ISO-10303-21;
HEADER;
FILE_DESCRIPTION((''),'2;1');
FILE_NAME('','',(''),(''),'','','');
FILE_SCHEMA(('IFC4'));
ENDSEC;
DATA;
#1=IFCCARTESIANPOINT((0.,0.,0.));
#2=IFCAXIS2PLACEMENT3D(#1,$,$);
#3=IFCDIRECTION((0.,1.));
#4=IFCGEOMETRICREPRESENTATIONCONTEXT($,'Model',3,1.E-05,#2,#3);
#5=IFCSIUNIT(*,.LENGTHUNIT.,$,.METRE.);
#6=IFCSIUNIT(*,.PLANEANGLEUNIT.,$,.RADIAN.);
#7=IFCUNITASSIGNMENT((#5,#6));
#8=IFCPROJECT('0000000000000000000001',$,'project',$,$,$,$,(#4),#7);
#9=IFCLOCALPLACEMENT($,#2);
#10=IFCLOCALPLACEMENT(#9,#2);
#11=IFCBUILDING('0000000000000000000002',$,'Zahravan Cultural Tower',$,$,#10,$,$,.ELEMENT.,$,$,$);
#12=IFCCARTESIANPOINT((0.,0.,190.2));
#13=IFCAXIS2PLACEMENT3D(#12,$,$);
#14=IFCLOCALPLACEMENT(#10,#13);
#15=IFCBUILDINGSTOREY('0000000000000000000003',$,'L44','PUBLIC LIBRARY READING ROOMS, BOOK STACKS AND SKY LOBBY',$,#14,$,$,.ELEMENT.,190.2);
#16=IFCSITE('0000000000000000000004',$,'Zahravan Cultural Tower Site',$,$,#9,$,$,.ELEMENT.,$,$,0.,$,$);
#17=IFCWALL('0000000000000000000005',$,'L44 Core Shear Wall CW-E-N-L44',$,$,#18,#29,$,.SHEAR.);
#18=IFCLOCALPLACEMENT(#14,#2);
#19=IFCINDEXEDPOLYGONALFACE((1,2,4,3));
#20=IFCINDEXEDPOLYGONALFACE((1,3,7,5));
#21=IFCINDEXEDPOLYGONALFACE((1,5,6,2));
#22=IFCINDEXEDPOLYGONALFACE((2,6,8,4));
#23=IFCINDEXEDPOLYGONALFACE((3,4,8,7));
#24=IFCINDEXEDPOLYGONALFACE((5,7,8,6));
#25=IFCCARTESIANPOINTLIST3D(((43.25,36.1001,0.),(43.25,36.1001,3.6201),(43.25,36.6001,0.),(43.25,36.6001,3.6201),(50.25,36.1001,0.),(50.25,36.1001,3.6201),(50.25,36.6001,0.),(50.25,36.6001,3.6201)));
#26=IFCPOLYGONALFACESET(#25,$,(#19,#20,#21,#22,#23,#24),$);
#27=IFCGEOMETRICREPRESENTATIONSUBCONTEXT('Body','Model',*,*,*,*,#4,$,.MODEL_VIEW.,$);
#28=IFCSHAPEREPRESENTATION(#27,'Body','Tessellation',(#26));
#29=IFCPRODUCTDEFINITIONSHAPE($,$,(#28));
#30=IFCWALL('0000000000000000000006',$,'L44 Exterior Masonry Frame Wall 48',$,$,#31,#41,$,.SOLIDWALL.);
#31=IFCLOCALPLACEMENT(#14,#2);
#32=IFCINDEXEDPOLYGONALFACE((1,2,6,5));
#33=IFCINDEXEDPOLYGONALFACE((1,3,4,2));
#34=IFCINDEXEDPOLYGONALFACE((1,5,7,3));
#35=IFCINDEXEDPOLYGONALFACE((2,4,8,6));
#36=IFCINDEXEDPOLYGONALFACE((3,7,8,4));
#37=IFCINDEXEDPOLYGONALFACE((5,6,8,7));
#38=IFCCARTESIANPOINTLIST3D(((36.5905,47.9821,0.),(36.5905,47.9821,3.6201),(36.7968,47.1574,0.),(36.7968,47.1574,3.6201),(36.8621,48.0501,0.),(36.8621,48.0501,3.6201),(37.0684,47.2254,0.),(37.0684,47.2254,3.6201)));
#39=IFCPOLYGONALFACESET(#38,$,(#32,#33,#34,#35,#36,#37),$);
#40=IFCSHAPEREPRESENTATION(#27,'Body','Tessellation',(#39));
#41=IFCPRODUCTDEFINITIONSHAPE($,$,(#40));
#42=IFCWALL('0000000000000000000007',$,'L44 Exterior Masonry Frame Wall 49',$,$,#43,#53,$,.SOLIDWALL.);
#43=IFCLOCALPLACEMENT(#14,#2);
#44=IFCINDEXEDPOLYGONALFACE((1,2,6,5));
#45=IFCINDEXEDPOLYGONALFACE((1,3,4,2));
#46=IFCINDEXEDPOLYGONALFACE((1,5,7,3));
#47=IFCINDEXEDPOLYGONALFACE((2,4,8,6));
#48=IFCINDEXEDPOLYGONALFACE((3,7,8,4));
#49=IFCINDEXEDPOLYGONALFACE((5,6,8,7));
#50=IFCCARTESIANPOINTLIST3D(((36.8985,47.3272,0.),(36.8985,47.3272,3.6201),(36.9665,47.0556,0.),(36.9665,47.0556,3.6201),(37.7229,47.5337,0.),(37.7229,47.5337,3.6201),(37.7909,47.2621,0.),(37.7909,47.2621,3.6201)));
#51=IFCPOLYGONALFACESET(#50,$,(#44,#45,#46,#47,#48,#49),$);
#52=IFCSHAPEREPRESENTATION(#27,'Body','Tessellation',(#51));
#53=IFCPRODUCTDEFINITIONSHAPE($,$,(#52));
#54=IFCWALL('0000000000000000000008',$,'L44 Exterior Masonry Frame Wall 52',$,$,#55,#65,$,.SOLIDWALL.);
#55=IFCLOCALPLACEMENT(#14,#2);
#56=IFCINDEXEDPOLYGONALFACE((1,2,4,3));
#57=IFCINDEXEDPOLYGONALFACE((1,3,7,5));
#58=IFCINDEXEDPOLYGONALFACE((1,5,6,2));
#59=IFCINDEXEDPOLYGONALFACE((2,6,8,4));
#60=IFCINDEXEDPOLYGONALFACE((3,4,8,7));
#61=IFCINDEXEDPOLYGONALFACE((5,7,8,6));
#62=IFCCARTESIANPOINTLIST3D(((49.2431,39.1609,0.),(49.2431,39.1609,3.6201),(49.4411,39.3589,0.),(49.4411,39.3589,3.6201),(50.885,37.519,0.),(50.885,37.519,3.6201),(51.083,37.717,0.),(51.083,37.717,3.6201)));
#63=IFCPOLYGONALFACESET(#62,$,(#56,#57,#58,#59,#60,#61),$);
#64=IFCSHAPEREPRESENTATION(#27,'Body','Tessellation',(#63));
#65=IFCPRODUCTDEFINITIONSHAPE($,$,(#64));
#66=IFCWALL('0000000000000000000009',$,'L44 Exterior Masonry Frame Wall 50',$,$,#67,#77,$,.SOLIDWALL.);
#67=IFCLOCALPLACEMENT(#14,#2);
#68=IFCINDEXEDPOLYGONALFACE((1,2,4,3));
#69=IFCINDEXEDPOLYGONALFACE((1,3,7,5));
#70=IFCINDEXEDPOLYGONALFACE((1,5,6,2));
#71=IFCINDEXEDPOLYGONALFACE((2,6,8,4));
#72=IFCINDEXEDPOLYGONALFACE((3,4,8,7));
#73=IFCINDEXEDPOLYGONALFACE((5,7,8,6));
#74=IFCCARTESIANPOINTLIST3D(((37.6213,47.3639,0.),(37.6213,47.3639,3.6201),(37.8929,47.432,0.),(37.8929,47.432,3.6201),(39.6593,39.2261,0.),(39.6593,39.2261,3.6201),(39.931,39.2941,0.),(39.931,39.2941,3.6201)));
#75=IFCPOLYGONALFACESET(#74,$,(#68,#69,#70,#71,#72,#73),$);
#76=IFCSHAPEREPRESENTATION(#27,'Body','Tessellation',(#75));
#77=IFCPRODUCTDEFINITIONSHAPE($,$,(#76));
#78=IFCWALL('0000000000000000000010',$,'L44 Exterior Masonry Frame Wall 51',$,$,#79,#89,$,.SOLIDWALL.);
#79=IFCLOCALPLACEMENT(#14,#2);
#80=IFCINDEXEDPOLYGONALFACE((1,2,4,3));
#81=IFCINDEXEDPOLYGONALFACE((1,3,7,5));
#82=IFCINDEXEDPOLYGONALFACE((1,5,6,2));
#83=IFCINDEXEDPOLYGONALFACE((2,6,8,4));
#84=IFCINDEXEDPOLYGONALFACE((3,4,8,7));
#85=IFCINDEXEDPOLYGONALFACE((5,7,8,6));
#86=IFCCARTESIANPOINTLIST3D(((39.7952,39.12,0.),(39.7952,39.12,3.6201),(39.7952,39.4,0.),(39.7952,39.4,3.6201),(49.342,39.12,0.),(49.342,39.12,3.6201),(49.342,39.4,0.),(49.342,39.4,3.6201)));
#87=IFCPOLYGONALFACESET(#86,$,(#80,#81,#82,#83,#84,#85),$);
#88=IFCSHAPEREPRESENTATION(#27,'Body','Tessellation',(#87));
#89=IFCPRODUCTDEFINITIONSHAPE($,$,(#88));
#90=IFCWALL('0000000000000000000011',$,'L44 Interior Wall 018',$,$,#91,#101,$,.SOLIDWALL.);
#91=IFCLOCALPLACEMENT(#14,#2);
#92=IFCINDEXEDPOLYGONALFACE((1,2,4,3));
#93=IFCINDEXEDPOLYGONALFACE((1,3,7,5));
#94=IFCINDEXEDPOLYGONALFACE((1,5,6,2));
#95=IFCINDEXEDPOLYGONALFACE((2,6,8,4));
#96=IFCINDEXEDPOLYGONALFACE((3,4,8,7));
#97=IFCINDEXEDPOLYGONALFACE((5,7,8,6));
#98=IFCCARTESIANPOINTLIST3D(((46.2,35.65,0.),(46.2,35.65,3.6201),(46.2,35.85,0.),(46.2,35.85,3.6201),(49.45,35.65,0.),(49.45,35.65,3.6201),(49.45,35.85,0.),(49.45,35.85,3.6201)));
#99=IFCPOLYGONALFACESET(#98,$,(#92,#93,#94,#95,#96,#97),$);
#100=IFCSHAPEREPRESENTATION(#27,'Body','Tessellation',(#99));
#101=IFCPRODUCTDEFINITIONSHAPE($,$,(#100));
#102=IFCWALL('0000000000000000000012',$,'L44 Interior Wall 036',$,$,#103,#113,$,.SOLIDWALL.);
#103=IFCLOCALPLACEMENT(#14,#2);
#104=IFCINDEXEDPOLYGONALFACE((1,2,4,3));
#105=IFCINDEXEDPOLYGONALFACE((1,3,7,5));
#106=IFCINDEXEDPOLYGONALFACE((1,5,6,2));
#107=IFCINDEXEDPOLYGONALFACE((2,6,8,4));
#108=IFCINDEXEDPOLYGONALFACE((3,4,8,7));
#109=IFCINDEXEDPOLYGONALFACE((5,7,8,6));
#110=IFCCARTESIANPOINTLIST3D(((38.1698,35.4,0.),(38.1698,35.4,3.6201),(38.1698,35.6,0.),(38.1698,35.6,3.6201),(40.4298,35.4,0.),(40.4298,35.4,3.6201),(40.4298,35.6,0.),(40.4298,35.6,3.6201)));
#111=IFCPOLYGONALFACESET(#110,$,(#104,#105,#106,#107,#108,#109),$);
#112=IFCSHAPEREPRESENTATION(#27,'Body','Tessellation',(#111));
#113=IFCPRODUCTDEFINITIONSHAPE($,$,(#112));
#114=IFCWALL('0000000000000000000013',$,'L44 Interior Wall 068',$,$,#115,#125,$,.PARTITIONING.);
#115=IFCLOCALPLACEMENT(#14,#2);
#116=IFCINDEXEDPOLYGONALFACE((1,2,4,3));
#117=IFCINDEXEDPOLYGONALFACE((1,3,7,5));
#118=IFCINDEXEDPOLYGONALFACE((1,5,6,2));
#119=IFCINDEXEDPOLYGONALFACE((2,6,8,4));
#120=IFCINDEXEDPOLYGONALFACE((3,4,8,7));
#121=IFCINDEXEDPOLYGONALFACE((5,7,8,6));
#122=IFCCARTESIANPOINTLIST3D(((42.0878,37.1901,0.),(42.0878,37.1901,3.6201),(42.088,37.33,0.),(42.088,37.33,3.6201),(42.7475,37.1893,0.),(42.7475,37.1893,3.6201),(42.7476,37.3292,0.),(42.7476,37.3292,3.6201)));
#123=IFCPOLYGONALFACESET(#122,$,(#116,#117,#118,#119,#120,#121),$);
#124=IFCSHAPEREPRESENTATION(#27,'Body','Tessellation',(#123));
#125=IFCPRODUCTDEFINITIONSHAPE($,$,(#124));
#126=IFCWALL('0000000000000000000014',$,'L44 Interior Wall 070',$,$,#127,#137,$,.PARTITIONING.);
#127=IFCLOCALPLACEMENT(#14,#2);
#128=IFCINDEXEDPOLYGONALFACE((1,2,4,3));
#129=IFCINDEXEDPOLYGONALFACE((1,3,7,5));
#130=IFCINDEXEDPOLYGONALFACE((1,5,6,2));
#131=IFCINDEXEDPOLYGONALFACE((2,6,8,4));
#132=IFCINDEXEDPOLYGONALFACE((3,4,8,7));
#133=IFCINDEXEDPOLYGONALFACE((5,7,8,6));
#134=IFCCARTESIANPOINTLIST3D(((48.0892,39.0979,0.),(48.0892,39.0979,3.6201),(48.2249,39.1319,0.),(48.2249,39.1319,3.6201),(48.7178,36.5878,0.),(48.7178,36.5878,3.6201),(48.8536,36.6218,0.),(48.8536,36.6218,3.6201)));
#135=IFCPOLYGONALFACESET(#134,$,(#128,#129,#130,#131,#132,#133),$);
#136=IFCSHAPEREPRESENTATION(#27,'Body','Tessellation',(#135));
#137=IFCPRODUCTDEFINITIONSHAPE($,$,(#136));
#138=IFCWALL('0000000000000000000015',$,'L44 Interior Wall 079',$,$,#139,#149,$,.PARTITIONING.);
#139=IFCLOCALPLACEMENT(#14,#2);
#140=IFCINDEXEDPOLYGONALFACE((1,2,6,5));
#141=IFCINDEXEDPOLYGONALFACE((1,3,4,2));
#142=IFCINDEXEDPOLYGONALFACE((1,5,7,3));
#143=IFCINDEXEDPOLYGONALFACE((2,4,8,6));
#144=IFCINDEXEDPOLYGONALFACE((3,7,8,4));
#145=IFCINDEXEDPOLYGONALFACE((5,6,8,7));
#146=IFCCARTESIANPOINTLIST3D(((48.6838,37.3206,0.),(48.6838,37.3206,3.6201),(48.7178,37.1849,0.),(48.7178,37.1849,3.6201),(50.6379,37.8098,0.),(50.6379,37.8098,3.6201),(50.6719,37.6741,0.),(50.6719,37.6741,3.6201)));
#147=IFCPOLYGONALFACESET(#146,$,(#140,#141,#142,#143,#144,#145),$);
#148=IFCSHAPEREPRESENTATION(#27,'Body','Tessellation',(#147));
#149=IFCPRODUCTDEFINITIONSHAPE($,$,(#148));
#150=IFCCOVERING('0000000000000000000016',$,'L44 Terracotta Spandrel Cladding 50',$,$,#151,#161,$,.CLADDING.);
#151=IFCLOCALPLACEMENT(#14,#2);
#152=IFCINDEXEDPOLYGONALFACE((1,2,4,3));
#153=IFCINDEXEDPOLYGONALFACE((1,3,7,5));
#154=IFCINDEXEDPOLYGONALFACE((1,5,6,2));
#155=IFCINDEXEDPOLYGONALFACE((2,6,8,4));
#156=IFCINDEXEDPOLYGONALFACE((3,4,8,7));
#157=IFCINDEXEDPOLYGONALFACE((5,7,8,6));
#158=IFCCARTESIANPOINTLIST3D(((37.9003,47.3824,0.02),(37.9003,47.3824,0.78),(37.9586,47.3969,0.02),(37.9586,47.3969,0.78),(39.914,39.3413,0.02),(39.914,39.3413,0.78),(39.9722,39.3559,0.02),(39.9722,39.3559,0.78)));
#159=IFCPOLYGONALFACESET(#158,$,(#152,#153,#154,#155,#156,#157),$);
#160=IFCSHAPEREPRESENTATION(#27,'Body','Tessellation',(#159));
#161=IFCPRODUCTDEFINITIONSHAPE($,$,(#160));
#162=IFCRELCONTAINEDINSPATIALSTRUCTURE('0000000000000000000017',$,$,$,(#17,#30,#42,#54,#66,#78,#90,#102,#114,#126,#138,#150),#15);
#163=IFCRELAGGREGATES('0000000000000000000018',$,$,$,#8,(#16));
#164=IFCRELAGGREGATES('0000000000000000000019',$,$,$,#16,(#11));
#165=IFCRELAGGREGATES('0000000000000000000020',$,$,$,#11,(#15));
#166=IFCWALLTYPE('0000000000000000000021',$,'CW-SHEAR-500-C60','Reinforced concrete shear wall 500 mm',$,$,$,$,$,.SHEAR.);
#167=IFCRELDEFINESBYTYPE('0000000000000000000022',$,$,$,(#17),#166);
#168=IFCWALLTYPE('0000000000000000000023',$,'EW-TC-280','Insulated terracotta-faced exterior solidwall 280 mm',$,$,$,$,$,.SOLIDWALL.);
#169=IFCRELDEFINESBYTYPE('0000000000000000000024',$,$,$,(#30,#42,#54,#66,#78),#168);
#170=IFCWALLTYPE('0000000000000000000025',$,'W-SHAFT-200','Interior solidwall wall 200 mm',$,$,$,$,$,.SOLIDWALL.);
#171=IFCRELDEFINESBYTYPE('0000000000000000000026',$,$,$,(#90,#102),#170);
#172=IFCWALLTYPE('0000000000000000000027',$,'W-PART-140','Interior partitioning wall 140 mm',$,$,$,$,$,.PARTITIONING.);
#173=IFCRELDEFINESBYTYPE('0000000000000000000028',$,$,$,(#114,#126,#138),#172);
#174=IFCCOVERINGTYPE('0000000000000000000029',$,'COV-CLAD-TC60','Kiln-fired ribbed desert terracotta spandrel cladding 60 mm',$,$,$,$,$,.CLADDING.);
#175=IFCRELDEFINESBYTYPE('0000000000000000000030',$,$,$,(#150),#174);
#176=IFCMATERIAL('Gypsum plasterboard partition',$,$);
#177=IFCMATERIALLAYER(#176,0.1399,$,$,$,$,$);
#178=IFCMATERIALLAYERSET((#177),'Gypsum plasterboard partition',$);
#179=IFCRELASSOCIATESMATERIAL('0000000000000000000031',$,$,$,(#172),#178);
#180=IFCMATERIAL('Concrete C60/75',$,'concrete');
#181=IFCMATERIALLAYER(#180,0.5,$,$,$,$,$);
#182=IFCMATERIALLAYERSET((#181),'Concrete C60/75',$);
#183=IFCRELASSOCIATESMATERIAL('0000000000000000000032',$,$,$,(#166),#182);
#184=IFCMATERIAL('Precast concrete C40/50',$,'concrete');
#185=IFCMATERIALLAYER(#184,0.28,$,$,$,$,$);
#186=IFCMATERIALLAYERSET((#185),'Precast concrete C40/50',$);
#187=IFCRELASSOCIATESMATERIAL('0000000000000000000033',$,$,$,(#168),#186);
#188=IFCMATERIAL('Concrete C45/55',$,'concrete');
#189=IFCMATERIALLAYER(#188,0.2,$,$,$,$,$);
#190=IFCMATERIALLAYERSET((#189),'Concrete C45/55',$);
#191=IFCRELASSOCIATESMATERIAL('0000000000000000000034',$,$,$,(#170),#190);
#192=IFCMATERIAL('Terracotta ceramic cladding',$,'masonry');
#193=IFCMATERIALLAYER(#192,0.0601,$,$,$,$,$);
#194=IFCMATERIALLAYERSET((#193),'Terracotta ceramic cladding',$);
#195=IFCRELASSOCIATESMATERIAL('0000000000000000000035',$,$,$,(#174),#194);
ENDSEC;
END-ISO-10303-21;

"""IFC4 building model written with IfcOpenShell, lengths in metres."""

from ifc_helpers import new_model, si_unit, direction, frame, frame_2d, origin, origin_2d, place, context, subcontext, project, spatial, rectangle, extrude, source, transform, mapped, material, layer, layer_set, type_object, element, save


model = new_model("IFC4")

# Units and contexts
model_context = context("Model", 3, precision=1e-05, world=origin(), true_north=direction((0.0, 1.0)))
body_context = subcontext(model_context, "Body", "Model", "MODEL_VIEW")
ifc_project = project(units=[si_unit("LENGTHUNIT", "METRE"), si_unit("PLANEANGLEUNIT", "RADIAN")], contexts=[model_context])

# Site, building, storey
site_placement = place(None, origin())
site = spatial("IfcSite", under=ifc_project, at=site_placement, Name="Zahravan Cultural Tower Site", CompositionType="ELEMENT", RefElevation=0.0)
building_placement = place(site_placement, origin())
building = spatial("IfcBuilding", under=site, at=building_placement, Name="Zahravan Cultural Tower", CompositionType="ELEMENT")
storey_placement = place(building_placement, frame((0.0, 0.0, 190.2)))
storey = spatial("IfcBuildingStorey", under=building, at=storey_placement, Name="L44", Description="PUBLIC LIBRARY READING ROOMS, BOOK STACKS AND SKY LOBBY", CompositionType="ELEMENT", Elevation=190.2)

# Shared definitions
ifc_material_1 = material(Name="Gypsum plasterboard partition")
ifc_layer_1 = layer(ifc_material_1, 0.1399)
ifc_layer_set_1 = layer_set([ifc_layer_1], Name="Gypsum plasterboard partition")
wall_type_1 = type_object("IfcWallType", Name="W-PART-140", Description="Interior partitioning wall 140 mm", PredefinedType="PARTITIONING", material=ifc_layer_set_1)

# Walls
ifc_material_2 = material(Name="Concrete C60/75", Category="concrete")
ifc_layer_2 = layer(ifc_material_2, 0.5)
ifc_layer_set_2 = layer_set([ifc_layer_2], Name="Concrete C60/75")
wall_type_2 = type_object("IfcWallType", Name="CW-SHEAR-500-C60", Description="Reinforced concrete shear wall 500 mm", PredefinedType="SHEAR", material=ifc_layer_set_2)
shared_shape_1 = source(origin(), body_context, "Body", "SweptSolid", [
    extrude(rectangle(XDim=7.0, YDim=0.5, at=frame_2d((3.5, 0.0))), origin(), (0.0, 0.0, 1.0), 3.6201),
])
wall_1_placement = place(storey_placement, frame((43.25, 36.3501, 0.0), z_axis=(0.0, 0.0, 1.0), x_axis=(1.0, 0.0, 0.0)))
element("IfcWall", 1, at=wall_1_placement, inside=storey, type_object=wall_type_2, Name="L44 Core Shear Wall CW-E-N-L44", PredefinedType="SHEAR", context=body_context, shape_type="MappedRepresentation", body=[
    mapped(shared_shape_1, transform((0.0, 0.0, 0.0), x_axis=(1.0, 0.0, 0.0), y_axis=(0.0, 1.0, 0.0), z_axis=(0.0, 0.0, 1.0), scale=1.0)),
])
ifc_material_3 = material(Name="Precast concrete C40/50", Category="concrete")
ifc_layer_3 = layer(ifc_material_3, 0.28)
ifc_layer_set_3 = layer_set([ifc_layer_3], Name="Precast concrete C40/50")
wall_type_3 = type_object("IfcWallType", Name="EW-TC-280", Description="Insulated terracotta-faced exterior solidwall 280 mm", PredefinedType="SOLIDWALL", material=ifc_layer_set_3)
shared_shape_2 = source(origin(), body_context, "Body", "SweptSolid", [
    extrude(rectangle(XDim=0.8501, YDim=0.28, at=frame_2d((0.425, 0.0))), origin(), (0.0, 0.0, 1.0), 3.6201),
])
wall_2_placement = place(storey_placement, frame((36.7263, 48.0161, 0.0), z_axis=(0.0, 0.0, 1.0), x_axis=(0.242671, -0.970109, 0.0)))
element("IfcWall", 2, at=wall_2_placement, inside=storey, type_object=wall_type_3, Name="L44 Exterior Masonry Frame Wall 48", PredefinedType="SOLIDWALL", context=body_context, shape_type="MappedRepresentation", body=[
    mapped(shared_shape_2, transform((0.0, 0.0, 0.0), x_axis=(1.0, 0.0, 0.0), y_axis=(0.0, 1.0, 0.0), z_axis=(0.0, 0.0, 1.0), scale=1.0)),
])
shared_shape_3 = source(origin(), body_context, "Body", "SweptSolid", [
    extrude(rectangle(XDim=0.8499, YDim=0.28, at=frame_2d((0.4248, 0.0))), origin(), (0.0, 0.0, 1.0), 3.6201),
])
wall_3_placement = place(storey_placement, frame((36.9326, 47.1914, 0.0), z_axis=(0.0, 0.0, 1.0), x_axis=(0.970024, 0.243009, 0.0)))
element("IfcWall", 3, at=wall_3_placement, inside=storey, type_object=wall_type_3, Name="L44 Exterior Masonry Frame Wall 49", PredefinedType="SOLIDWALL", context=body_context, shape_type="MappedRepresentation", body=[
    mapped(shared_shape_3, transform((0.0, 0.0, 0.0), x_axis=(1.0, 0.0, 0.0), y_axis=(0.0, 1.0, 0.0), z_axis=(0.0, 0.0, 1.0), scale=1.0)),
])
shared_shape_4 = source(origin(), body_context, "Body", "SweptSolid", [
    extrude(rectangle(XDim=2.322, YDim=0.28, at=frame_2d((1.1611, 0.0))), origin(), (0.0, 0.0, 1.0), 3.6201),
])
wall_4_placement = place(storey_placement, frame((49.342, 39.26, 0.0), z_axis=(0.0, 0.0, 1.0), x_axis=(0.707107, -0.707107, 0.0)))
element("IfcWall", 4, at=wall_4_placement, inside=storey, type_object=wall_type_3, Name="L44 Exterior Masonry Frame Wall 52", PredefinedType="SOLIDWALL", context=body_context, shape_type="MappedRepresentation", body=[
    mapped(shared_shape_4, transform((0.0, 0.0, 0.0), x_axis=(1.0, 0.0, 0.0), y_axis=(0.0, 1.0, 0.0), z_axis=(0.0, 0.0, 1.0), scale=1.0)),
])
shared_shape_5 = source(origin(), body_context, "Body", "SweptSolid", [
    extrude(rectangle(XDim=8.3892, YDim=0.28, at=frame_2d((4.1946, 0.0))), origin(), (0.0, 0.0, 1.0), 3.6201),
])
wall_5_placement = place(storey_placement, frame((37.7571, 47.3979, 0.0), z_axis=(0.0, 0.0, 1.0), x_axis=(0.24294, -0.970041, 0.0)))
element("IfcWall", 5, at=wall_5_placement, inside=storey, type_object=wall_type_3, Name="L44 Exterior Masonry Frame Wall 50", PredefinedType="SOLIDWALL", context=body_context, shape_type="MappedRepresentation", body=[
    mapped(shared_shape_5, transform((0.0, 0.0, 0.0), x_axis=(1.0, 0.0, 0.0), y_axis=(0.0, 1.0, 0.0), z_axis=(0.0, 0.0, 1.0), scale=1.0)),
])
shared_shape_6 = source(origin(), body_context, "Body", "SweptSolid", [
    extrude(rectangle(XDim=9.5469, YDim=0.28, at=frame_2d((4.7734, 0.0))), origin(), (0.0, 0.0, 1.0), 3.6201),
])
wall_6_placement = place(storey_placement, frame((39.7952, 39.26, 0.0), z_axis=(0.0, 0.0, 1.0), x_axis=(1.0, 0.0, 0.0)))
element("IfcWall", 6, at=wall_6_placement, inside=storey, type_object=wall_type_3, Name="L44 Exterior Masonry Frame Wall 51", PredefinedType="SOLIDWALL", context=body_context, shape_type="MappedRepresentation", body=[
    mapped(shared_shape_6, transform((0.0, 0.0, 0.0), x_axis=(1.0, 0.0, 0.0), y_axis=(0.0, 1.0, 0.0), z_axis=(0.0, 0.0, 1.0), scale=1.0)),
])
ifc_material_4 = material(Name="Concrete C45/55", Category="concrete")
ifc_layer_4 = layer(ifc_material_4, 0.2)
ifc_layer_set_4 = layer_set([ifc_layer_4], Name="Concrete C45/55")
wall_type_4 = type_object("IfcWallType", Name="W-SHAFT-200", Description="Interior solidwall wall 200 mm", PredefinedType="SOLIDWALL", material=ifc_layer_set_4)
shared_shape_7 = source(origin(), body_context, "Body", "SweptSolid", [
    extrude(rectangle(XDim=3.25, YDim=0.2, at=frame_2d((1.625, 0.0))), origin(), (0.0, 0.0, 1.0), 3.6201),
])
wall_7_placement = place(storey_placement, frame((46.2, 35.75, 0.0), z_axis=(0.0, 0.0, 1.0), x_axis=(1.0, 0.0, 0.0)))
element("IfcWall", 7, at=wall_7_placement, inside=storey, type_object=wall_type_4, Name="L44 Interior Wall 018", PredefinedType="SOLIDWALL", context=body_context, shape_type="MappedRepresentation", body=[
    mapped(shared_shape_7, transform((0.0, 0.0, 0.0), x_axis=(1.0, 0.0, 0.0), y_axis=(0.0, 1.0, 0.0), z_axis=(0.0, 0.0, 1.0), scale=1.0)),
])
shared_shape_8 = source(origin(), body_context, "Body", "SweptSolid", [
    extrude(rectangle(XDim=2.26, YDim=0.2, at=frame_2d((1.1299, 0.0))), origin(), (0.0, 0.0, 1.0), 3.6201),
])
wall_8_placement = place(storey_placement, frame((38.1699, 35.5, 0.0), z_axis=(0.0, 0.0, 1.0), x_axis=(1.0, 0.0, 0.0)))
element("IfcWall", 8, at=wall_8_placement, inside=storey, type_object=wall_type_4, Name="L44 Interior Wall 036", PredefinedType="SOLIDWALL", context=body_context, shape_type="MappedRepresentation", body=[
    mapped(shared_shape_8, transform((0.0, 0.0, 0.0), x_axis=(1.0, 0.0, 0.0), y_axis=(0.0, 1.0, 0.0), z_axis=(0.0, 0.0, 1.0), scale=1.0)),
])
shared_shape_9 = source(origin(), body_context, "Body", "SweptSolid", [
    extrude(rectangle(XDim=0.6597, YDim=0.1399, at=frame_2d((0.3298, 0.0))), origin(), (0.0, 0.0, 1.0), 3.6201),
])
wall_9_placement = place(storey_placement, frame((42.7476, 37.2593, 0.0), z_axis=(0.0, 0.0, 1.0), x_axis=(-0.999999, 0.00111, 0.0)))
element("IfcWall", 9, at=wall_9_placement, inside=storey, type_object=wall_type_1, Name="L44 Interior Wall 068", PredefinedType="PARTITIONING", context=body_context, shape_type="MappedRepresentation", body=[
    mapped(shared_shape_9, transform((0.0, 0.0, 0.0), x_axis=(1.0, 0.0, 0.0), y_axis=(0.0, 1.0, 0.0), z_axis=(0.0, 0.0, 1.0), scale=1.0)),
])
shared_shape_10 = source(origin(), body_context, "Body", "SweptSolid", [
    extrude(rectangle(XDim=2.5876, YDim=0.1399, at=frame_2d((1.2939, 0.0))), origin(), (0.0, 0.0, 1.0), 3.6201),
])
wall_10_placement = place(storey_placement, frame((48.157, 39.115, 0.0), z_axis=(0.0, 0.0, 1.0), x_axis=(0.242957, -0.970037, 0.0)))
element("IfcWall", 10, at=wall_10_placement, inside=storey, type_object=wall_type_1, Name="L44 Interior Wall 070", PredefinedType="PARTITIONING", context=body_context, shape_type="MappedRepresentation", body=[
    mapped(shared_shape_10, transform((0.0, 0.0, 0.0), x_axis=(1.0, 0.0, 0.0), y_axis=(0.0, 1.0, 0.0), z_axis=(0.0, 0.0, 1.0), scale=1.0)),
])
shared_shape_11 = source(origin(), body_context, "Body", "SweptSolid", [
    extrude(rectangle(XDim=2.0144, YDim=0.1399, at=frame_2d((1.0073, 0.0))), origin(), (0.0, 0.0, 1.0), 3.6201),
])
wall_11_placement = place(storey_placement, frame((48.7007, 37.2527, 0.0), z_axis=(0.0, 0.0, 1.0), x_axis=(0.970057, 0.242878, 0.0)))
element("IfcWall", 11, at=wall_11_placement, inside=storey, type_object=wall_type_1, Name="L44 Interior Wall 079", PredefinedType="PARTITIONING", context=body_context, shape_type="MappedRepresentation", body=[
    mapped(shared_shape_11, transform((0.0, 0.0, 0.0), x_axis=(1.0, 0.0, 0.0), y_axis=(0.0, 1.0, 0.0), z_axis=(0.0, 0.0, 1.0), scale=1.0)),
])

# Covering
ifc_material_5 = material(Name="Terracotta ceramic cladding", Category="masonry")
ifc_layer_5 = layer(ifc_material_5, 0.0601)
ifc_layer_set_5 = layer_set([ifc_layer_5], Name="Terracotta ceramic cladding")
covering_type = type_object("IfcCoveringType", Name="COV-CLAD-TC60", Description="Kiln-fired ribbed desert terracotta spandrel cladding 60 mm", PredefinedType="CLADDING", material=ifc_layer_set_5)
shared_shape_12 = source(origin(), body_context, "Body", "SweptSolid", [
    extrude(rectangle(XDim=8.2893, YDim=0.0601, at=origin_2d()), origin(), (0.0, 0.0, 1.0), 0.76),
])
covering_1_placement = place(storey_placement, frame((38.9363, 43.3691, 0.02), z_axis=(0.0, 0.0, 1.0), x_axis=(0.242921, -0.970046, 0.0)))
element("IfcCovering", 12, at=covering_1_placement, inside=storey, type_object=covering_type, Name="L44 Terracotta Spandrel Cladding 50", PredefinedType="CLADDING", context=body_context, shape_type="MappedRepresentation", body=[
    mapped(shared_shape_12, transform((0.0, 0.0, 0.0), x_axis=(1.0, 0.0, 0.0), y_axis=(0.0, 1.0, 0.0), z_axis=(0.0, 0.0, 1.0), scale=1.0)),
])

save(model, "model.ifc")
